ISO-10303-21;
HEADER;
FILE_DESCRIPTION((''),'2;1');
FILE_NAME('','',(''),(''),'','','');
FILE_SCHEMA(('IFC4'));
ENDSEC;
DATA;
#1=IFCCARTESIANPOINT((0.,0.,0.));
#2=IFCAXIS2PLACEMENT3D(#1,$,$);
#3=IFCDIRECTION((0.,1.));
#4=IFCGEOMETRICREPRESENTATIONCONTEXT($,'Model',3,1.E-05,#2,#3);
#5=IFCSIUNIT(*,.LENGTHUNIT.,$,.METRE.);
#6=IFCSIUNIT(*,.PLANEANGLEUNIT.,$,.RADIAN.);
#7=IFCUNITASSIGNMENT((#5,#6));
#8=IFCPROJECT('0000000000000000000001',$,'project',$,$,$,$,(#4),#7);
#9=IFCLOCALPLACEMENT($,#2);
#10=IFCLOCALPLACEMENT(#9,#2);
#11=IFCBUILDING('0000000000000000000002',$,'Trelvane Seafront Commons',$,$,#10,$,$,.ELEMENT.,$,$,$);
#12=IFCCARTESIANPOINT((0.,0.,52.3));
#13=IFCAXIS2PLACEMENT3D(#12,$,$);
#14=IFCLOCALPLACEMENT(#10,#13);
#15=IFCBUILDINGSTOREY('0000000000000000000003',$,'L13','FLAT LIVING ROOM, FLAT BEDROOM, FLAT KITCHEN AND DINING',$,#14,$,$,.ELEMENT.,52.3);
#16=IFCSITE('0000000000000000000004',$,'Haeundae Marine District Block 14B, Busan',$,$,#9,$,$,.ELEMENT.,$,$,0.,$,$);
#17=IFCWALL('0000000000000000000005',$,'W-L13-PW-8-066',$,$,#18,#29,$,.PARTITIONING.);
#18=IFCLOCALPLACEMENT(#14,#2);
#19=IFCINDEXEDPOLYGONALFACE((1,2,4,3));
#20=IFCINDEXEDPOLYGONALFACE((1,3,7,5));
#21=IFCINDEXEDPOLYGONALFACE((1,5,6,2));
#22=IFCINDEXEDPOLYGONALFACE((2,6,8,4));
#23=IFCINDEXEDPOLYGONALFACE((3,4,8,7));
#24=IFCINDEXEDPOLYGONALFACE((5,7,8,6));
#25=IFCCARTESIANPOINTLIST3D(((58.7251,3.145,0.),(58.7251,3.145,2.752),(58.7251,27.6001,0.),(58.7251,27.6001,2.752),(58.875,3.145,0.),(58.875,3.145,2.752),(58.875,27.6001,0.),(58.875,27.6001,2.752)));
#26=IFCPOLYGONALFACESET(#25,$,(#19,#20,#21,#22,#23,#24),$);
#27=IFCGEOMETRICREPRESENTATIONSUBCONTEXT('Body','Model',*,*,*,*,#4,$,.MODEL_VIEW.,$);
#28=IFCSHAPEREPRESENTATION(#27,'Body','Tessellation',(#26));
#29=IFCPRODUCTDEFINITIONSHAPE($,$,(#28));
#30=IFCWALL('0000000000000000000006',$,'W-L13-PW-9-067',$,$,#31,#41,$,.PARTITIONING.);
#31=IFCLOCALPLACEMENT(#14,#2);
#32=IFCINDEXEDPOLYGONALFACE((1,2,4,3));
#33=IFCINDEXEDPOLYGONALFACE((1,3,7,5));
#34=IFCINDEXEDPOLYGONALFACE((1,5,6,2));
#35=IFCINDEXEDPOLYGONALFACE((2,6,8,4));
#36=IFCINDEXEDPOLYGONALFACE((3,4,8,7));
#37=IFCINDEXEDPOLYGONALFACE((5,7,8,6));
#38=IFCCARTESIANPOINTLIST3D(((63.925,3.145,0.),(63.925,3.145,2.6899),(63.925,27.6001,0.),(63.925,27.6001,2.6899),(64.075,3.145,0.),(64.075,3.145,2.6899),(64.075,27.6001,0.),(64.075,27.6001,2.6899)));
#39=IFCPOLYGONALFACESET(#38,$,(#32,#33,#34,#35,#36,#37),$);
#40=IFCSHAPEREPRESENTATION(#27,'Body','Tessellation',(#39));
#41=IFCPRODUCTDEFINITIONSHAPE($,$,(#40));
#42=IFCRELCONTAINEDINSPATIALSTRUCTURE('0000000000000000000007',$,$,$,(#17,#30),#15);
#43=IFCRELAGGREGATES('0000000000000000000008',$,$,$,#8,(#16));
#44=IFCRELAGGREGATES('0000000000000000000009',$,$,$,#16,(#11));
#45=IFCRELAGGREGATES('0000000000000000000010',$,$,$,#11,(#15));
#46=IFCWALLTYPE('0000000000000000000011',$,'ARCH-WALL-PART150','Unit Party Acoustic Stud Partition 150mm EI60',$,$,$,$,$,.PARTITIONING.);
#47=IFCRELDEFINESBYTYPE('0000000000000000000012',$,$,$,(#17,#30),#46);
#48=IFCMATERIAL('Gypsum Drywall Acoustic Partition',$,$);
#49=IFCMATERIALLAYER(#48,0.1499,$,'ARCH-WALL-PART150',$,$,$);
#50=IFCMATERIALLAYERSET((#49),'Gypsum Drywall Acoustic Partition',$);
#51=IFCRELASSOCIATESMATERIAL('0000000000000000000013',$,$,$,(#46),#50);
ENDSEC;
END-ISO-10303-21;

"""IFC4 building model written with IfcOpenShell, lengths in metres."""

from ifc_helpers import new_model, si_unit, direction, frame, frame_2d, origin, place, context, subcontext, project, spatial, rectangle, extrude, material, layer, layer_set, type_object, element, save


model = new_model("IFC4")

# Units and contexts
model_context = context("Model", 3, precision=1e-05, world=origin(), true_north=direction((0.0, 1.0)))
body_context = subcontext(model_context, "Body", "Model", "MODEL_VIEW")
ifc_project = project(units=[si_unit("LENGTHUNIT", "METRE"), si_unit("PLANEANGLEUNIT", "RADIAN")], contexts=[model_context])

# Site, building, storey
site_placement = place(None, origin())
site = spatial("IfcSite", under=ifc_project, at=site_placement, Name="Haeundae Marine District Block 14B, Busan", CompositionType="ELEMENT", RefElevation=0.0)
building_placement = place(site_placement, origin())
building = spatial("IfcBuilding", under=site, at=building_placement, Name="Trelvane Seafront Commons", CompositionType="ELEMENT")
storey_placement = place(building_placement, frame((0.0, 0.0, 52.3)))
storey = spatial("IfcBuildingStorey", under=building, at=storey_placement, Name="L13", Description="FLAT LIVING ROOM, FLAT BEDROOM, FLAT KITCHEN AND DINING", CompositionType="ELEMENT", Elevation=52.3)

# Walls
ifc_material_1 = material(Name="Gypsum Drywall Acoustic Partition")
ifc_layer_1 = layer(ifc_material_1, 0.1499, Name="ARCH-WALL-PART150")
ifc_layer_set_1 = layer_set([ifc_layer_1], Name="Gypsum Drywall Acoustic Partition")
wall_type_1 = type_object("IfcWallType", Name="ARCH-WALL-PART150", Description="Unit Party Acoustic Stud Partition 150mm EI60", PredefinedType="PARTITIONING", material=ifc_layer_set_1)
wall_1_placement = place(storey_placement, frame((58.8, 3.145, 0.0), z_axis=(0.0, 0.0, 1.0), x_axis=(0.0, 1.0, 0.0)))
element("IfcWall", 1, at=wall_1_placement, inside=storey, type_object=wall_type_1, Name="W-L13-PW-8-066", PredefinedType="PARTITIONING", context=body_context, shape_type="SweptSolid", body=[
    extrude(rectangle(XDim=24.4551, YDim=0.1499, at=frame_2d((12.2275, 0.0))), origin(), (0.0, 0.0, 1.0), 2.752),
])
wall_2_placement = place(storey_placement, frame((64.0, 3.145, 0.0), z_axis=(0.0, 0.0, 1.0), x_axis=(0.0, 1.0, 0.0)))
element("IfcWall", 2, at=wall_2_placement, inside=storey, type_object=wall_type_1, Name="W-L13-PW-9-067", PredefinedType="PARTITIONING", context=body_context, shape_type="SweptSolid", body=[
    extrude(rectangle(XDim=24.4551, YDim=0.1499, at=frame_2d((12.2275, 0.0))), origin(), (0.0, 0.0, 1.0), 2.6899),
])

save(model, "model.ifc")
